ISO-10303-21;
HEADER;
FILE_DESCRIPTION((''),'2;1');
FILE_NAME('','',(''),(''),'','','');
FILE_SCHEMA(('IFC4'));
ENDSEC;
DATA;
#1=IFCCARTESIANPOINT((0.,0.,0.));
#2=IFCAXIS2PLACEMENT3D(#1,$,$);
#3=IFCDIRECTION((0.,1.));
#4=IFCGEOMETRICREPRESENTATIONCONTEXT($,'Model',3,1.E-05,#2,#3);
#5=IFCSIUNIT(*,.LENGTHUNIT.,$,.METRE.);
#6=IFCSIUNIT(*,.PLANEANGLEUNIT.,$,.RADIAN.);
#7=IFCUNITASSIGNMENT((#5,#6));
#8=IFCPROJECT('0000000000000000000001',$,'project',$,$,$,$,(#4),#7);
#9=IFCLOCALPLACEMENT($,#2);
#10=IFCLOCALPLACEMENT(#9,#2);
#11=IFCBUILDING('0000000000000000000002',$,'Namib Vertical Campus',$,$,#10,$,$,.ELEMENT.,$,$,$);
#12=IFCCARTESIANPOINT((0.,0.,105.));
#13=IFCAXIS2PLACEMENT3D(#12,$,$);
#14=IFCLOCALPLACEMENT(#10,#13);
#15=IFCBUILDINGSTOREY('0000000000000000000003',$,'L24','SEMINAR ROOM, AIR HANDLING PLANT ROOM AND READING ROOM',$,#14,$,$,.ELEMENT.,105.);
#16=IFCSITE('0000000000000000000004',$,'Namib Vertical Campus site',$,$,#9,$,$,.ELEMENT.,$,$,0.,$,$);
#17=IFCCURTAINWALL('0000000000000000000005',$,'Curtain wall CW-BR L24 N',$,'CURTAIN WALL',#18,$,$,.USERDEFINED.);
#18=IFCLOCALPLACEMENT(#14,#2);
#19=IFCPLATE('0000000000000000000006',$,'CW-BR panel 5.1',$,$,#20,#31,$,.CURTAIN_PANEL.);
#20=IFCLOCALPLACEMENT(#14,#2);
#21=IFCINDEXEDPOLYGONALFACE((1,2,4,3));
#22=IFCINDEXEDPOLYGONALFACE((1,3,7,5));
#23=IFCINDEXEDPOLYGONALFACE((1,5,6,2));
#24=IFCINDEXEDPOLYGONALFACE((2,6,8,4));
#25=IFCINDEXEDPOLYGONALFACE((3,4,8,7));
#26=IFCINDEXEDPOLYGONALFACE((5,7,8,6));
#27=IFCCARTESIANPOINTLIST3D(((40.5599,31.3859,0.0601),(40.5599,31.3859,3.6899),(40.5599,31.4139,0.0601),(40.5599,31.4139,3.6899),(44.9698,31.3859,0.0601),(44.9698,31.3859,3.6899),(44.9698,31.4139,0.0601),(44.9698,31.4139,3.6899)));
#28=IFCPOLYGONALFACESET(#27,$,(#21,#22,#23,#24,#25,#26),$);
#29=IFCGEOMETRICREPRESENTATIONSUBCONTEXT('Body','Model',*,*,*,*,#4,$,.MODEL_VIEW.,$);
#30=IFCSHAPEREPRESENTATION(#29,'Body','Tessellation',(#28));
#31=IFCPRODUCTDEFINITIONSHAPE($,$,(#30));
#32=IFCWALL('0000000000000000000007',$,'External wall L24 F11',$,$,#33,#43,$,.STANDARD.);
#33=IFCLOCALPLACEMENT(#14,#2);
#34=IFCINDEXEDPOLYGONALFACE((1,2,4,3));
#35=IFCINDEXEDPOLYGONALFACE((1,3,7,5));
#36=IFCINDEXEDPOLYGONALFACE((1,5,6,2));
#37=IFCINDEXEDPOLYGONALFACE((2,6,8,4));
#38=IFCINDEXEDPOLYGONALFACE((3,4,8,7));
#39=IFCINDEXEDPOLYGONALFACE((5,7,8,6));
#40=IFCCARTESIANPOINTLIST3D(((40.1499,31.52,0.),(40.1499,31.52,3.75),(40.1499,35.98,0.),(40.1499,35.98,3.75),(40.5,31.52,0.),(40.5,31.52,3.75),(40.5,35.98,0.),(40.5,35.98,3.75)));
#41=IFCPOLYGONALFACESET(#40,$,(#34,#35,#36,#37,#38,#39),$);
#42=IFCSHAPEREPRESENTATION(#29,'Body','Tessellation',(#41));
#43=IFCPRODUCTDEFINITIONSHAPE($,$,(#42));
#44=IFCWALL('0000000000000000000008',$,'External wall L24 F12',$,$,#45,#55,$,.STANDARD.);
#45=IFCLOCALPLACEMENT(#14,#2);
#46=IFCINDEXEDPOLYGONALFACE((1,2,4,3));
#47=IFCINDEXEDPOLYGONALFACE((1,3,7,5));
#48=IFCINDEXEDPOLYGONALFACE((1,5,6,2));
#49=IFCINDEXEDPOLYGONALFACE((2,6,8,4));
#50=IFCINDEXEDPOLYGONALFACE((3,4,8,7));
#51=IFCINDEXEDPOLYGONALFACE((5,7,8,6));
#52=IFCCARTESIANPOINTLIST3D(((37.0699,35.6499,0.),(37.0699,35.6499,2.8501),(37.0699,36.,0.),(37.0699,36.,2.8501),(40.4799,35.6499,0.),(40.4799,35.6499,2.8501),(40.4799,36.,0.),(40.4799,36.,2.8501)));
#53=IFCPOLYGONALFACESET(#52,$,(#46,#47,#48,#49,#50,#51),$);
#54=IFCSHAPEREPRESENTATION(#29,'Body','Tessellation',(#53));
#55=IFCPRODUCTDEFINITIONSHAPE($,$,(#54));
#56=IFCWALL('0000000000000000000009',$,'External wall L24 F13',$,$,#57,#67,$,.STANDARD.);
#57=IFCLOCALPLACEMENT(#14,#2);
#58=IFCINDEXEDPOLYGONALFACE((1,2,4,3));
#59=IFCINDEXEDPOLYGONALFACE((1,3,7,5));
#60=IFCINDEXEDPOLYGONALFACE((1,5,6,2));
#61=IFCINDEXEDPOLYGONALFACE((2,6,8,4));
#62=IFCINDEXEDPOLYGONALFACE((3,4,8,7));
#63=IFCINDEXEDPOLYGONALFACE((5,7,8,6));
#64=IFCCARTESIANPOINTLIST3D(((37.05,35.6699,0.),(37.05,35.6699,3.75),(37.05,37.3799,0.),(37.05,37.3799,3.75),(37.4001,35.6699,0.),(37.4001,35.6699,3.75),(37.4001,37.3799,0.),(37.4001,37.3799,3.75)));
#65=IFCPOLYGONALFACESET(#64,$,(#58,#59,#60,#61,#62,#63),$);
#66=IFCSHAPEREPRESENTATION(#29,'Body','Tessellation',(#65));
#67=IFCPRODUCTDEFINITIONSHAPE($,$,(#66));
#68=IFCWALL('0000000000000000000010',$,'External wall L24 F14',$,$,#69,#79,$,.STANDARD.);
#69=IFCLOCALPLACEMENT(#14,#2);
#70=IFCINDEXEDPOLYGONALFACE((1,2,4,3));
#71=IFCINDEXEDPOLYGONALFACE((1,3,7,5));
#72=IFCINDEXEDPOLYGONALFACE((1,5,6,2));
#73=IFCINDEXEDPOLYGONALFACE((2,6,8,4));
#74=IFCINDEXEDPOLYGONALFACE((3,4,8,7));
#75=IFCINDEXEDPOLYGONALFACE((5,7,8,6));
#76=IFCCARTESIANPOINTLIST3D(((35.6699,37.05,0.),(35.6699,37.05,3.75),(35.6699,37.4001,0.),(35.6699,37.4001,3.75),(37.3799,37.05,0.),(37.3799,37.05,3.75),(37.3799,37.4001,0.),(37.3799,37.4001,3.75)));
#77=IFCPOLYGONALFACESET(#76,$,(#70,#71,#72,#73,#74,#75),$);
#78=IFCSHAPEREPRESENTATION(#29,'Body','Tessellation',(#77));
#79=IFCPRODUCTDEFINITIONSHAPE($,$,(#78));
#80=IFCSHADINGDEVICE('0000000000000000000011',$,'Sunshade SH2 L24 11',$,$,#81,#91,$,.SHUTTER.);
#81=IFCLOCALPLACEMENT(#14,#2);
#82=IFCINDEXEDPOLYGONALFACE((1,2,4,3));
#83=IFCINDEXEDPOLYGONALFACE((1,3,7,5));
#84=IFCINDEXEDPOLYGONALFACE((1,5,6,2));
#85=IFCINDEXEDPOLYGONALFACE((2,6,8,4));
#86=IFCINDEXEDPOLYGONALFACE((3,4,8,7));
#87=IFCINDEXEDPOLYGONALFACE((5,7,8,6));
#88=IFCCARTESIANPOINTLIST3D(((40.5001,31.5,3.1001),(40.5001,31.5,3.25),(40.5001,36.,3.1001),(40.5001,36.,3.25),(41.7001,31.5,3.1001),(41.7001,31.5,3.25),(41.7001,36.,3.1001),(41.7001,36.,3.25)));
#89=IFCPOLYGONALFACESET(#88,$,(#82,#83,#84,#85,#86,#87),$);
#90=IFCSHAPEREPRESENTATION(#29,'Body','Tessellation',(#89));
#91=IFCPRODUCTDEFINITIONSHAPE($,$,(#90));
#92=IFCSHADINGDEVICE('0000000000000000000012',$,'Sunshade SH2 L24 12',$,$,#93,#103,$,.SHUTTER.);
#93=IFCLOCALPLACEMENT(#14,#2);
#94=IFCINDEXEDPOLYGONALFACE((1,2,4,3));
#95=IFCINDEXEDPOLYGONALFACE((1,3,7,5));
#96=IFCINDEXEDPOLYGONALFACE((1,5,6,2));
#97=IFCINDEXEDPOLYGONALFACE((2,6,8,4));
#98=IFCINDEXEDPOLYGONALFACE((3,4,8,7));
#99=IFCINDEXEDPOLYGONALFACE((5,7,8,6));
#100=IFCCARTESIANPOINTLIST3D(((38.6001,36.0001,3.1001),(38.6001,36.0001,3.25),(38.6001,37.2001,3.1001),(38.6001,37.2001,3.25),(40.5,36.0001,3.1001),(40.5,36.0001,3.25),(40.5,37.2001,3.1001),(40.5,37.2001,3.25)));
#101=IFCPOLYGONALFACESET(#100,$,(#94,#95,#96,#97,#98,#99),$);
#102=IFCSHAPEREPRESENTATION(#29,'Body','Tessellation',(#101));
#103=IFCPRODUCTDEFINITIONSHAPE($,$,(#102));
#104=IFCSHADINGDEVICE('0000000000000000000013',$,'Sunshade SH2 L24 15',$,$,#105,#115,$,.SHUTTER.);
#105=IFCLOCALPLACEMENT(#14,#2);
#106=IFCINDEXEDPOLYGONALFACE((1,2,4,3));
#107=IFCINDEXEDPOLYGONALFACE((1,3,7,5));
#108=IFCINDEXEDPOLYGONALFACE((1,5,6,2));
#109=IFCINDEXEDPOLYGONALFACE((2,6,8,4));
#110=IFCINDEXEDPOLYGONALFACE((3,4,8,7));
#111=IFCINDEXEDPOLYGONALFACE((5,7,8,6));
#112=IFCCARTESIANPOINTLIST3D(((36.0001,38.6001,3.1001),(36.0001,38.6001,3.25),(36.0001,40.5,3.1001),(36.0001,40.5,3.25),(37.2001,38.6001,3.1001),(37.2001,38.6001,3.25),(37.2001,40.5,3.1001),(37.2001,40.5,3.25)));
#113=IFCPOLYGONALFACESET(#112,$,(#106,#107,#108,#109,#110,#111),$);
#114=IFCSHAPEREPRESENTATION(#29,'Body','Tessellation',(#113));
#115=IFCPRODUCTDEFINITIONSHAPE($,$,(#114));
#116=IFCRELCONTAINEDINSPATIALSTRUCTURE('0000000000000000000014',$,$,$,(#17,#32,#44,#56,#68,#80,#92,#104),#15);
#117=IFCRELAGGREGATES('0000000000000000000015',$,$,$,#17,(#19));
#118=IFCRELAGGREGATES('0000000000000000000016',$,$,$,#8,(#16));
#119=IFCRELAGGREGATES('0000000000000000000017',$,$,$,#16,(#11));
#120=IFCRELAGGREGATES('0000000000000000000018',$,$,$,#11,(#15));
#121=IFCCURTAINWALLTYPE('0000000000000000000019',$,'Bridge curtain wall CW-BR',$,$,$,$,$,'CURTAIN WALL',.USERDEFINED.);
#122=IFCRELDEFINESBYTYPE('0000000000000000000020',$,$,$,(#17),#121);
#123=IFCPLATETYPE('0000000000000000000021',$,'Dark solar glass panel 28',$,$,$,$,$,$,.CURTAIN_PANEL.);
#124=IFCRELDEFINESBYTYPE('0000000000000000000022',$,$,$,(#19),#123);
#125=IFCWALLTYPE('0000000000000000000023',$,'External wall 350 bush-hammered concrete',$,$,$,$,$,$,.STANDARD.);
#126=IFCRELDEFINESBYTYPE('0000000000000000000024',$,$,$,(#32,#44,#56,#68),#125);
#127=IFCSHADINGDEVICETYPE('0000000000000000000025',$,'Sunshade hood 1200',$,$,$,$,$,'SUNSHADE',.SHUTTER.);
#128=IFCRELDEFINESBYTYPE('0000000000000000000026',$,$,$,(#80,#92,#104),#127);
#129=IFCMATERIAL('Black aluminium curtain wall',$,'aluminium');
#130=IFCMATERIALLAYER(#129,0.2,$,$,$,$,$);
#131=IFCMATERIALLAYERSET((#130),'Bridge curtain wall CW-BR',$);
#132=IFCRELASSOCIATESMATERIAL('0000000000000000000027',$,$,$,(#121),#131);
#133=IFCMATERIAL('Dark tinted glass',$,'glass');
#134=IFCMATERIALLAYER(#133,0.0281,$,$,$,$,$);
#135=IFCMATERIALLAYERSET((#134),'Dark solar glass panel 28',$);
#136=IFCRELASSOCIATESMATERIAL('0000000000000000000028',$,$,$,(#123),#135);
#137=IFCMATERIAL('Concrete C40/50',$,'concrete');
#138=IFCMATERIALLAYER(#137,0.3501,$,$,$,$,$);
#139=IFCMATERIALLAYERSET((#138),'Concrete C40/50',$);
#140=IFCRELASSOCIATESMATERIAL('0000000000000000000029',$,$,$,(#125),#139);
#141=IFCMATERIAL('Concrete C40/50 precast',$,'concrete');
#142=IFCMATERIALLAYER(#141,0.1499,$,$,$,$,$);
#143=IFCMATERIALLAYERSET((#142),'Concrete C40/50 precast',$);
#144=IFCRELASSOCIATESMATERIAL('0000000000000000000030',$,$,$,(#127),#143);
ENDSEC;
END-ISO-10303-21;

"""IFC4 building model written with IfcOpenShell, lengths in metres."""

from ifc_helpers import new_model, si_unit, direction, frame, frame_2d, origin, origin_2d, place, context, subcontext, project, spatial, rectangle, extrude, material, layer, layer_set, type_object, element, aggregate, save


model = new_model("IFC4")

# Units and contexts
model_context = context("Model", 3, precision=1e-05, world=origin(), true_north=direction((0.0, 1.0)))
body_context = subcontext(model_context, "Body", "Model", "MODEL_VIEW")
ifc_project = project(units=[si_unit("LENGTHUNIT", "METRE"), si_unit("PLANEANGLEUNIT", "RADIAN")], contexts=[model_context])

# Site, building, storey
site_placement = place(None, origin())
site = spatial("IfcSite", under=ifc_project, at=site_placement, Name="Namib Vertical Campus site", CompositionType="ELEMENT", RefElevation=0.0)
building_placement = place(site_placement, origin())
building = spatial("IfcBuilding", under=site, at=building_placement, Name="Namib Vertical Campus", CompositionType="ELEMENT")
storey_placement = place(building_placement, frame((0.0, 0.0, 105.0)))
storey = spatial("IfcBuildingStorey", under=building, at=storey_placement, Name="L24", Description="SEMINAR ROOM, AIR HANDLING PLANT ROOM AND READING ROOM", CompositionType="ELEMENT", Elevation=105.0)

# Curtain wall
ifc_material_1 = material(Name="Black aluminium curtain wall", Category="aluminium")
ifc_layer_1 = layer(ifc_material_1, 0.2)
ifc_layer_set_1 = layer_set([ifc_layer_1], Name="Bridge curtain wall CW-BR")
curtain_wall_type = type_object("IfcCurtainWallType", Name="Bridge curtain wall CW-BR", ElementType="CURTAIN WALL", PredefinedType="USERDEFINED", material=ifc_layer_set_1)
curtain_wall_placement = place(storey_placement, origin())
curtain_wall = element("IfcCurtainWall", 1, at=curtain_wall_placement, inside=storey, type_object=curtain_wall_type, Name="Curtain wall CW-BR L24 N", ObjectType="CURTAIN WALL", PredefinedType="USERDEFINED")

# Plate
ifc_material_2 = material(Name="Dark tinted glass", Category="glass")
ifc_layer_2 = layer(ifc_material_2, 0.0281)
ifc_layer_set_2 = layer_set([ifc_layer_2], Name="Dark solar glass panel 28")
plate_type = type_object("IfcPlateType", Name="Dark solar glass panel 28", PredefinedType="CURTAIN_PANEL", material=ifc_layer_set_2)
plate_placement = place(storey_placement, frame((42.7649, 31.3999, 0.0601), z_axis=(0.0, 0.0, 1.0), x_axis=(-1.0, 0.0, 0.0)))
plate = element("IfcPlate", 2, at=plate_placement, type_object=plate_type, Name="CW-BR panel 5.1", PredefinedType="CURTAIN_PANEL", context=body_context, shape_type="SweptSolid", body=[
    extrude(rectangle(XDim=4.4099, YDim=0.0281, at=origin_2d()), origin(), (0.0, 0.0, 1.0), 3.6299),
])
aggregate(curtain_wall, [plate])

# Walls
ifc_material_3 = material(Name="Concrete C40/50", Category="concrete")
ifc_layer_3 = layer(ifc_material_3, 0.3501)
ifc_layer_set_3 = layer_set([ifc_layer_3], Name="Concrete C40/50")
wall_type = type_object("IfcWallType", Name="External wall 350 bush-hammered concrete", PredefinedType="STANDARD", material=ifc_layer_set_3)
wall_1_placement = place(storey_placement, frame((40.325, 31.52, 0.0), z_axis=(0.0, 0.0, 1.0), x_axis=(0.0, 1.0, 0.0)))
element("IfcWall", 3, at=wall_1_placement, inside=storey, type_object=wall_type, Name="External wall L24 F11", PredefinedType="STANDARD", context=body_context, shape_type="SweptSolid", body=[
    extrude(rectangle(XDim=4.46, YDim=0.3501, at=frame_2d((2.23, 0.0))), origin(), (0.0, 0.0, 1.0), 3.75),
])
wall_2_placement = place(storey_placement, frame((40.48, 35.825, 0.0), z_axis=(0.0, 0.0, 1.0), x_axis=(-1.0, 0.0, 0.0)))
element("IfcWall", 4, at=wall_2_placement, inside=storey, type_object=wall_type, Name="External wall L24 F12", PredefinedType="STANDARD", context=body_context, shape_type="SweptSolid", body=[
    extrude(rectangle(XDim=3.4099, YDim=0.3501, at=frame_2d((1.7051, 0.0))), origin(), (0.0, 0.0, 1.0), 2.8501),
])
for number, where, z_axis, x_axis, name in (
    (5, (37.2251, 35.6699, 0.0), (0.0, 0.0, 1.0), (0.0, 1.0, 0.0), "External wall L24 F13"),
    (6, (37.3799, 37.2251, 0.0), (0.0, 0.0, 1.0), (-1.0, 0.0, 0.0), "External wall L24 F14"),
):
    element("IfcWall", number, at=place(storey_placement, frame(where, z_axis=z_axis, x_axis=x_axis)), inside=storey, type_object=wall_type, Name=name, PredefinedType="STANDARD", context=body_context, shape_type="SweptSolid", body=[
        extrude(rectangle(XDim=1.71, YDim=0.3501, at=frame_2d((0.855, 0.0))), origin(), (0.0, 0.0, 1.0), 3.75),
    ])

# Shading devices
ifc_material_4 = material(Name="Concrete C40/50 precast", Category="concrete")
ifc_layer_4 = layer(ifc_material_4, 0.1499)
ifc_layer_set_4 = layer_set([ifc_layer_4], Name="Concrete C40/50 precast")
shading_device_type = type_object("IfcShadingDeviceType", Name="Sunshade hood 1200", ElementType="SUNSHADE", PredefinedType="SHUTTER", material=ifc_layer_set_4)
shading_device_placement = place(storey_placement, frame((41.1001, 33.75, 3.1001), z_axis=(0.0, 0.0, 1.0), x_axis=(0.0, 1.0, 0.0)))
element("IfcShadingDevice", 7, at=shading_device_placement, inside=storey, type_object=shading_device_type, Name="Sunshade SH2 L24 11", PredefinedType="SHUTTER", context=body_context, shape_type="SweptSolid", body=[
    extrude(rectangle(XDim=4.5, YDim=1.2, at=origin_2d()), origin(), (0.0, 0.0, 1.0), 0.1499),
])
for number, where, z_axis, x_axis, name in (
    (8, (39.55, 36.6001, 3.1001), (0.0, 0.0, 1.0), (-1.0, 0.0, 0.0), "Sunshade SH2 L24 12"),
    (9, (36.6001, 39.55, 3.1001), (0.0, 0.0, 1.0), (0.0, 1.0, 0.0), "Sunshade SH2 L24 15"),
):
    element("IfcShadingDevice", number, at=place(storey_placement, frame(where, z_axis=z_axis, x_axis=x_axis)), inside=storey, type_object=shading_device_type, Name=name, PredefinedType="SHUTTER", context=body_context, shape_type="SweptSolid", body=[
        extrude(rectangle(XDim=1.8999, YDim=1.2, at=origin_2d()), origin(), (0.0, 0.0, 1.0), 0.1499),
    ])

save(model, "model.ifc")
